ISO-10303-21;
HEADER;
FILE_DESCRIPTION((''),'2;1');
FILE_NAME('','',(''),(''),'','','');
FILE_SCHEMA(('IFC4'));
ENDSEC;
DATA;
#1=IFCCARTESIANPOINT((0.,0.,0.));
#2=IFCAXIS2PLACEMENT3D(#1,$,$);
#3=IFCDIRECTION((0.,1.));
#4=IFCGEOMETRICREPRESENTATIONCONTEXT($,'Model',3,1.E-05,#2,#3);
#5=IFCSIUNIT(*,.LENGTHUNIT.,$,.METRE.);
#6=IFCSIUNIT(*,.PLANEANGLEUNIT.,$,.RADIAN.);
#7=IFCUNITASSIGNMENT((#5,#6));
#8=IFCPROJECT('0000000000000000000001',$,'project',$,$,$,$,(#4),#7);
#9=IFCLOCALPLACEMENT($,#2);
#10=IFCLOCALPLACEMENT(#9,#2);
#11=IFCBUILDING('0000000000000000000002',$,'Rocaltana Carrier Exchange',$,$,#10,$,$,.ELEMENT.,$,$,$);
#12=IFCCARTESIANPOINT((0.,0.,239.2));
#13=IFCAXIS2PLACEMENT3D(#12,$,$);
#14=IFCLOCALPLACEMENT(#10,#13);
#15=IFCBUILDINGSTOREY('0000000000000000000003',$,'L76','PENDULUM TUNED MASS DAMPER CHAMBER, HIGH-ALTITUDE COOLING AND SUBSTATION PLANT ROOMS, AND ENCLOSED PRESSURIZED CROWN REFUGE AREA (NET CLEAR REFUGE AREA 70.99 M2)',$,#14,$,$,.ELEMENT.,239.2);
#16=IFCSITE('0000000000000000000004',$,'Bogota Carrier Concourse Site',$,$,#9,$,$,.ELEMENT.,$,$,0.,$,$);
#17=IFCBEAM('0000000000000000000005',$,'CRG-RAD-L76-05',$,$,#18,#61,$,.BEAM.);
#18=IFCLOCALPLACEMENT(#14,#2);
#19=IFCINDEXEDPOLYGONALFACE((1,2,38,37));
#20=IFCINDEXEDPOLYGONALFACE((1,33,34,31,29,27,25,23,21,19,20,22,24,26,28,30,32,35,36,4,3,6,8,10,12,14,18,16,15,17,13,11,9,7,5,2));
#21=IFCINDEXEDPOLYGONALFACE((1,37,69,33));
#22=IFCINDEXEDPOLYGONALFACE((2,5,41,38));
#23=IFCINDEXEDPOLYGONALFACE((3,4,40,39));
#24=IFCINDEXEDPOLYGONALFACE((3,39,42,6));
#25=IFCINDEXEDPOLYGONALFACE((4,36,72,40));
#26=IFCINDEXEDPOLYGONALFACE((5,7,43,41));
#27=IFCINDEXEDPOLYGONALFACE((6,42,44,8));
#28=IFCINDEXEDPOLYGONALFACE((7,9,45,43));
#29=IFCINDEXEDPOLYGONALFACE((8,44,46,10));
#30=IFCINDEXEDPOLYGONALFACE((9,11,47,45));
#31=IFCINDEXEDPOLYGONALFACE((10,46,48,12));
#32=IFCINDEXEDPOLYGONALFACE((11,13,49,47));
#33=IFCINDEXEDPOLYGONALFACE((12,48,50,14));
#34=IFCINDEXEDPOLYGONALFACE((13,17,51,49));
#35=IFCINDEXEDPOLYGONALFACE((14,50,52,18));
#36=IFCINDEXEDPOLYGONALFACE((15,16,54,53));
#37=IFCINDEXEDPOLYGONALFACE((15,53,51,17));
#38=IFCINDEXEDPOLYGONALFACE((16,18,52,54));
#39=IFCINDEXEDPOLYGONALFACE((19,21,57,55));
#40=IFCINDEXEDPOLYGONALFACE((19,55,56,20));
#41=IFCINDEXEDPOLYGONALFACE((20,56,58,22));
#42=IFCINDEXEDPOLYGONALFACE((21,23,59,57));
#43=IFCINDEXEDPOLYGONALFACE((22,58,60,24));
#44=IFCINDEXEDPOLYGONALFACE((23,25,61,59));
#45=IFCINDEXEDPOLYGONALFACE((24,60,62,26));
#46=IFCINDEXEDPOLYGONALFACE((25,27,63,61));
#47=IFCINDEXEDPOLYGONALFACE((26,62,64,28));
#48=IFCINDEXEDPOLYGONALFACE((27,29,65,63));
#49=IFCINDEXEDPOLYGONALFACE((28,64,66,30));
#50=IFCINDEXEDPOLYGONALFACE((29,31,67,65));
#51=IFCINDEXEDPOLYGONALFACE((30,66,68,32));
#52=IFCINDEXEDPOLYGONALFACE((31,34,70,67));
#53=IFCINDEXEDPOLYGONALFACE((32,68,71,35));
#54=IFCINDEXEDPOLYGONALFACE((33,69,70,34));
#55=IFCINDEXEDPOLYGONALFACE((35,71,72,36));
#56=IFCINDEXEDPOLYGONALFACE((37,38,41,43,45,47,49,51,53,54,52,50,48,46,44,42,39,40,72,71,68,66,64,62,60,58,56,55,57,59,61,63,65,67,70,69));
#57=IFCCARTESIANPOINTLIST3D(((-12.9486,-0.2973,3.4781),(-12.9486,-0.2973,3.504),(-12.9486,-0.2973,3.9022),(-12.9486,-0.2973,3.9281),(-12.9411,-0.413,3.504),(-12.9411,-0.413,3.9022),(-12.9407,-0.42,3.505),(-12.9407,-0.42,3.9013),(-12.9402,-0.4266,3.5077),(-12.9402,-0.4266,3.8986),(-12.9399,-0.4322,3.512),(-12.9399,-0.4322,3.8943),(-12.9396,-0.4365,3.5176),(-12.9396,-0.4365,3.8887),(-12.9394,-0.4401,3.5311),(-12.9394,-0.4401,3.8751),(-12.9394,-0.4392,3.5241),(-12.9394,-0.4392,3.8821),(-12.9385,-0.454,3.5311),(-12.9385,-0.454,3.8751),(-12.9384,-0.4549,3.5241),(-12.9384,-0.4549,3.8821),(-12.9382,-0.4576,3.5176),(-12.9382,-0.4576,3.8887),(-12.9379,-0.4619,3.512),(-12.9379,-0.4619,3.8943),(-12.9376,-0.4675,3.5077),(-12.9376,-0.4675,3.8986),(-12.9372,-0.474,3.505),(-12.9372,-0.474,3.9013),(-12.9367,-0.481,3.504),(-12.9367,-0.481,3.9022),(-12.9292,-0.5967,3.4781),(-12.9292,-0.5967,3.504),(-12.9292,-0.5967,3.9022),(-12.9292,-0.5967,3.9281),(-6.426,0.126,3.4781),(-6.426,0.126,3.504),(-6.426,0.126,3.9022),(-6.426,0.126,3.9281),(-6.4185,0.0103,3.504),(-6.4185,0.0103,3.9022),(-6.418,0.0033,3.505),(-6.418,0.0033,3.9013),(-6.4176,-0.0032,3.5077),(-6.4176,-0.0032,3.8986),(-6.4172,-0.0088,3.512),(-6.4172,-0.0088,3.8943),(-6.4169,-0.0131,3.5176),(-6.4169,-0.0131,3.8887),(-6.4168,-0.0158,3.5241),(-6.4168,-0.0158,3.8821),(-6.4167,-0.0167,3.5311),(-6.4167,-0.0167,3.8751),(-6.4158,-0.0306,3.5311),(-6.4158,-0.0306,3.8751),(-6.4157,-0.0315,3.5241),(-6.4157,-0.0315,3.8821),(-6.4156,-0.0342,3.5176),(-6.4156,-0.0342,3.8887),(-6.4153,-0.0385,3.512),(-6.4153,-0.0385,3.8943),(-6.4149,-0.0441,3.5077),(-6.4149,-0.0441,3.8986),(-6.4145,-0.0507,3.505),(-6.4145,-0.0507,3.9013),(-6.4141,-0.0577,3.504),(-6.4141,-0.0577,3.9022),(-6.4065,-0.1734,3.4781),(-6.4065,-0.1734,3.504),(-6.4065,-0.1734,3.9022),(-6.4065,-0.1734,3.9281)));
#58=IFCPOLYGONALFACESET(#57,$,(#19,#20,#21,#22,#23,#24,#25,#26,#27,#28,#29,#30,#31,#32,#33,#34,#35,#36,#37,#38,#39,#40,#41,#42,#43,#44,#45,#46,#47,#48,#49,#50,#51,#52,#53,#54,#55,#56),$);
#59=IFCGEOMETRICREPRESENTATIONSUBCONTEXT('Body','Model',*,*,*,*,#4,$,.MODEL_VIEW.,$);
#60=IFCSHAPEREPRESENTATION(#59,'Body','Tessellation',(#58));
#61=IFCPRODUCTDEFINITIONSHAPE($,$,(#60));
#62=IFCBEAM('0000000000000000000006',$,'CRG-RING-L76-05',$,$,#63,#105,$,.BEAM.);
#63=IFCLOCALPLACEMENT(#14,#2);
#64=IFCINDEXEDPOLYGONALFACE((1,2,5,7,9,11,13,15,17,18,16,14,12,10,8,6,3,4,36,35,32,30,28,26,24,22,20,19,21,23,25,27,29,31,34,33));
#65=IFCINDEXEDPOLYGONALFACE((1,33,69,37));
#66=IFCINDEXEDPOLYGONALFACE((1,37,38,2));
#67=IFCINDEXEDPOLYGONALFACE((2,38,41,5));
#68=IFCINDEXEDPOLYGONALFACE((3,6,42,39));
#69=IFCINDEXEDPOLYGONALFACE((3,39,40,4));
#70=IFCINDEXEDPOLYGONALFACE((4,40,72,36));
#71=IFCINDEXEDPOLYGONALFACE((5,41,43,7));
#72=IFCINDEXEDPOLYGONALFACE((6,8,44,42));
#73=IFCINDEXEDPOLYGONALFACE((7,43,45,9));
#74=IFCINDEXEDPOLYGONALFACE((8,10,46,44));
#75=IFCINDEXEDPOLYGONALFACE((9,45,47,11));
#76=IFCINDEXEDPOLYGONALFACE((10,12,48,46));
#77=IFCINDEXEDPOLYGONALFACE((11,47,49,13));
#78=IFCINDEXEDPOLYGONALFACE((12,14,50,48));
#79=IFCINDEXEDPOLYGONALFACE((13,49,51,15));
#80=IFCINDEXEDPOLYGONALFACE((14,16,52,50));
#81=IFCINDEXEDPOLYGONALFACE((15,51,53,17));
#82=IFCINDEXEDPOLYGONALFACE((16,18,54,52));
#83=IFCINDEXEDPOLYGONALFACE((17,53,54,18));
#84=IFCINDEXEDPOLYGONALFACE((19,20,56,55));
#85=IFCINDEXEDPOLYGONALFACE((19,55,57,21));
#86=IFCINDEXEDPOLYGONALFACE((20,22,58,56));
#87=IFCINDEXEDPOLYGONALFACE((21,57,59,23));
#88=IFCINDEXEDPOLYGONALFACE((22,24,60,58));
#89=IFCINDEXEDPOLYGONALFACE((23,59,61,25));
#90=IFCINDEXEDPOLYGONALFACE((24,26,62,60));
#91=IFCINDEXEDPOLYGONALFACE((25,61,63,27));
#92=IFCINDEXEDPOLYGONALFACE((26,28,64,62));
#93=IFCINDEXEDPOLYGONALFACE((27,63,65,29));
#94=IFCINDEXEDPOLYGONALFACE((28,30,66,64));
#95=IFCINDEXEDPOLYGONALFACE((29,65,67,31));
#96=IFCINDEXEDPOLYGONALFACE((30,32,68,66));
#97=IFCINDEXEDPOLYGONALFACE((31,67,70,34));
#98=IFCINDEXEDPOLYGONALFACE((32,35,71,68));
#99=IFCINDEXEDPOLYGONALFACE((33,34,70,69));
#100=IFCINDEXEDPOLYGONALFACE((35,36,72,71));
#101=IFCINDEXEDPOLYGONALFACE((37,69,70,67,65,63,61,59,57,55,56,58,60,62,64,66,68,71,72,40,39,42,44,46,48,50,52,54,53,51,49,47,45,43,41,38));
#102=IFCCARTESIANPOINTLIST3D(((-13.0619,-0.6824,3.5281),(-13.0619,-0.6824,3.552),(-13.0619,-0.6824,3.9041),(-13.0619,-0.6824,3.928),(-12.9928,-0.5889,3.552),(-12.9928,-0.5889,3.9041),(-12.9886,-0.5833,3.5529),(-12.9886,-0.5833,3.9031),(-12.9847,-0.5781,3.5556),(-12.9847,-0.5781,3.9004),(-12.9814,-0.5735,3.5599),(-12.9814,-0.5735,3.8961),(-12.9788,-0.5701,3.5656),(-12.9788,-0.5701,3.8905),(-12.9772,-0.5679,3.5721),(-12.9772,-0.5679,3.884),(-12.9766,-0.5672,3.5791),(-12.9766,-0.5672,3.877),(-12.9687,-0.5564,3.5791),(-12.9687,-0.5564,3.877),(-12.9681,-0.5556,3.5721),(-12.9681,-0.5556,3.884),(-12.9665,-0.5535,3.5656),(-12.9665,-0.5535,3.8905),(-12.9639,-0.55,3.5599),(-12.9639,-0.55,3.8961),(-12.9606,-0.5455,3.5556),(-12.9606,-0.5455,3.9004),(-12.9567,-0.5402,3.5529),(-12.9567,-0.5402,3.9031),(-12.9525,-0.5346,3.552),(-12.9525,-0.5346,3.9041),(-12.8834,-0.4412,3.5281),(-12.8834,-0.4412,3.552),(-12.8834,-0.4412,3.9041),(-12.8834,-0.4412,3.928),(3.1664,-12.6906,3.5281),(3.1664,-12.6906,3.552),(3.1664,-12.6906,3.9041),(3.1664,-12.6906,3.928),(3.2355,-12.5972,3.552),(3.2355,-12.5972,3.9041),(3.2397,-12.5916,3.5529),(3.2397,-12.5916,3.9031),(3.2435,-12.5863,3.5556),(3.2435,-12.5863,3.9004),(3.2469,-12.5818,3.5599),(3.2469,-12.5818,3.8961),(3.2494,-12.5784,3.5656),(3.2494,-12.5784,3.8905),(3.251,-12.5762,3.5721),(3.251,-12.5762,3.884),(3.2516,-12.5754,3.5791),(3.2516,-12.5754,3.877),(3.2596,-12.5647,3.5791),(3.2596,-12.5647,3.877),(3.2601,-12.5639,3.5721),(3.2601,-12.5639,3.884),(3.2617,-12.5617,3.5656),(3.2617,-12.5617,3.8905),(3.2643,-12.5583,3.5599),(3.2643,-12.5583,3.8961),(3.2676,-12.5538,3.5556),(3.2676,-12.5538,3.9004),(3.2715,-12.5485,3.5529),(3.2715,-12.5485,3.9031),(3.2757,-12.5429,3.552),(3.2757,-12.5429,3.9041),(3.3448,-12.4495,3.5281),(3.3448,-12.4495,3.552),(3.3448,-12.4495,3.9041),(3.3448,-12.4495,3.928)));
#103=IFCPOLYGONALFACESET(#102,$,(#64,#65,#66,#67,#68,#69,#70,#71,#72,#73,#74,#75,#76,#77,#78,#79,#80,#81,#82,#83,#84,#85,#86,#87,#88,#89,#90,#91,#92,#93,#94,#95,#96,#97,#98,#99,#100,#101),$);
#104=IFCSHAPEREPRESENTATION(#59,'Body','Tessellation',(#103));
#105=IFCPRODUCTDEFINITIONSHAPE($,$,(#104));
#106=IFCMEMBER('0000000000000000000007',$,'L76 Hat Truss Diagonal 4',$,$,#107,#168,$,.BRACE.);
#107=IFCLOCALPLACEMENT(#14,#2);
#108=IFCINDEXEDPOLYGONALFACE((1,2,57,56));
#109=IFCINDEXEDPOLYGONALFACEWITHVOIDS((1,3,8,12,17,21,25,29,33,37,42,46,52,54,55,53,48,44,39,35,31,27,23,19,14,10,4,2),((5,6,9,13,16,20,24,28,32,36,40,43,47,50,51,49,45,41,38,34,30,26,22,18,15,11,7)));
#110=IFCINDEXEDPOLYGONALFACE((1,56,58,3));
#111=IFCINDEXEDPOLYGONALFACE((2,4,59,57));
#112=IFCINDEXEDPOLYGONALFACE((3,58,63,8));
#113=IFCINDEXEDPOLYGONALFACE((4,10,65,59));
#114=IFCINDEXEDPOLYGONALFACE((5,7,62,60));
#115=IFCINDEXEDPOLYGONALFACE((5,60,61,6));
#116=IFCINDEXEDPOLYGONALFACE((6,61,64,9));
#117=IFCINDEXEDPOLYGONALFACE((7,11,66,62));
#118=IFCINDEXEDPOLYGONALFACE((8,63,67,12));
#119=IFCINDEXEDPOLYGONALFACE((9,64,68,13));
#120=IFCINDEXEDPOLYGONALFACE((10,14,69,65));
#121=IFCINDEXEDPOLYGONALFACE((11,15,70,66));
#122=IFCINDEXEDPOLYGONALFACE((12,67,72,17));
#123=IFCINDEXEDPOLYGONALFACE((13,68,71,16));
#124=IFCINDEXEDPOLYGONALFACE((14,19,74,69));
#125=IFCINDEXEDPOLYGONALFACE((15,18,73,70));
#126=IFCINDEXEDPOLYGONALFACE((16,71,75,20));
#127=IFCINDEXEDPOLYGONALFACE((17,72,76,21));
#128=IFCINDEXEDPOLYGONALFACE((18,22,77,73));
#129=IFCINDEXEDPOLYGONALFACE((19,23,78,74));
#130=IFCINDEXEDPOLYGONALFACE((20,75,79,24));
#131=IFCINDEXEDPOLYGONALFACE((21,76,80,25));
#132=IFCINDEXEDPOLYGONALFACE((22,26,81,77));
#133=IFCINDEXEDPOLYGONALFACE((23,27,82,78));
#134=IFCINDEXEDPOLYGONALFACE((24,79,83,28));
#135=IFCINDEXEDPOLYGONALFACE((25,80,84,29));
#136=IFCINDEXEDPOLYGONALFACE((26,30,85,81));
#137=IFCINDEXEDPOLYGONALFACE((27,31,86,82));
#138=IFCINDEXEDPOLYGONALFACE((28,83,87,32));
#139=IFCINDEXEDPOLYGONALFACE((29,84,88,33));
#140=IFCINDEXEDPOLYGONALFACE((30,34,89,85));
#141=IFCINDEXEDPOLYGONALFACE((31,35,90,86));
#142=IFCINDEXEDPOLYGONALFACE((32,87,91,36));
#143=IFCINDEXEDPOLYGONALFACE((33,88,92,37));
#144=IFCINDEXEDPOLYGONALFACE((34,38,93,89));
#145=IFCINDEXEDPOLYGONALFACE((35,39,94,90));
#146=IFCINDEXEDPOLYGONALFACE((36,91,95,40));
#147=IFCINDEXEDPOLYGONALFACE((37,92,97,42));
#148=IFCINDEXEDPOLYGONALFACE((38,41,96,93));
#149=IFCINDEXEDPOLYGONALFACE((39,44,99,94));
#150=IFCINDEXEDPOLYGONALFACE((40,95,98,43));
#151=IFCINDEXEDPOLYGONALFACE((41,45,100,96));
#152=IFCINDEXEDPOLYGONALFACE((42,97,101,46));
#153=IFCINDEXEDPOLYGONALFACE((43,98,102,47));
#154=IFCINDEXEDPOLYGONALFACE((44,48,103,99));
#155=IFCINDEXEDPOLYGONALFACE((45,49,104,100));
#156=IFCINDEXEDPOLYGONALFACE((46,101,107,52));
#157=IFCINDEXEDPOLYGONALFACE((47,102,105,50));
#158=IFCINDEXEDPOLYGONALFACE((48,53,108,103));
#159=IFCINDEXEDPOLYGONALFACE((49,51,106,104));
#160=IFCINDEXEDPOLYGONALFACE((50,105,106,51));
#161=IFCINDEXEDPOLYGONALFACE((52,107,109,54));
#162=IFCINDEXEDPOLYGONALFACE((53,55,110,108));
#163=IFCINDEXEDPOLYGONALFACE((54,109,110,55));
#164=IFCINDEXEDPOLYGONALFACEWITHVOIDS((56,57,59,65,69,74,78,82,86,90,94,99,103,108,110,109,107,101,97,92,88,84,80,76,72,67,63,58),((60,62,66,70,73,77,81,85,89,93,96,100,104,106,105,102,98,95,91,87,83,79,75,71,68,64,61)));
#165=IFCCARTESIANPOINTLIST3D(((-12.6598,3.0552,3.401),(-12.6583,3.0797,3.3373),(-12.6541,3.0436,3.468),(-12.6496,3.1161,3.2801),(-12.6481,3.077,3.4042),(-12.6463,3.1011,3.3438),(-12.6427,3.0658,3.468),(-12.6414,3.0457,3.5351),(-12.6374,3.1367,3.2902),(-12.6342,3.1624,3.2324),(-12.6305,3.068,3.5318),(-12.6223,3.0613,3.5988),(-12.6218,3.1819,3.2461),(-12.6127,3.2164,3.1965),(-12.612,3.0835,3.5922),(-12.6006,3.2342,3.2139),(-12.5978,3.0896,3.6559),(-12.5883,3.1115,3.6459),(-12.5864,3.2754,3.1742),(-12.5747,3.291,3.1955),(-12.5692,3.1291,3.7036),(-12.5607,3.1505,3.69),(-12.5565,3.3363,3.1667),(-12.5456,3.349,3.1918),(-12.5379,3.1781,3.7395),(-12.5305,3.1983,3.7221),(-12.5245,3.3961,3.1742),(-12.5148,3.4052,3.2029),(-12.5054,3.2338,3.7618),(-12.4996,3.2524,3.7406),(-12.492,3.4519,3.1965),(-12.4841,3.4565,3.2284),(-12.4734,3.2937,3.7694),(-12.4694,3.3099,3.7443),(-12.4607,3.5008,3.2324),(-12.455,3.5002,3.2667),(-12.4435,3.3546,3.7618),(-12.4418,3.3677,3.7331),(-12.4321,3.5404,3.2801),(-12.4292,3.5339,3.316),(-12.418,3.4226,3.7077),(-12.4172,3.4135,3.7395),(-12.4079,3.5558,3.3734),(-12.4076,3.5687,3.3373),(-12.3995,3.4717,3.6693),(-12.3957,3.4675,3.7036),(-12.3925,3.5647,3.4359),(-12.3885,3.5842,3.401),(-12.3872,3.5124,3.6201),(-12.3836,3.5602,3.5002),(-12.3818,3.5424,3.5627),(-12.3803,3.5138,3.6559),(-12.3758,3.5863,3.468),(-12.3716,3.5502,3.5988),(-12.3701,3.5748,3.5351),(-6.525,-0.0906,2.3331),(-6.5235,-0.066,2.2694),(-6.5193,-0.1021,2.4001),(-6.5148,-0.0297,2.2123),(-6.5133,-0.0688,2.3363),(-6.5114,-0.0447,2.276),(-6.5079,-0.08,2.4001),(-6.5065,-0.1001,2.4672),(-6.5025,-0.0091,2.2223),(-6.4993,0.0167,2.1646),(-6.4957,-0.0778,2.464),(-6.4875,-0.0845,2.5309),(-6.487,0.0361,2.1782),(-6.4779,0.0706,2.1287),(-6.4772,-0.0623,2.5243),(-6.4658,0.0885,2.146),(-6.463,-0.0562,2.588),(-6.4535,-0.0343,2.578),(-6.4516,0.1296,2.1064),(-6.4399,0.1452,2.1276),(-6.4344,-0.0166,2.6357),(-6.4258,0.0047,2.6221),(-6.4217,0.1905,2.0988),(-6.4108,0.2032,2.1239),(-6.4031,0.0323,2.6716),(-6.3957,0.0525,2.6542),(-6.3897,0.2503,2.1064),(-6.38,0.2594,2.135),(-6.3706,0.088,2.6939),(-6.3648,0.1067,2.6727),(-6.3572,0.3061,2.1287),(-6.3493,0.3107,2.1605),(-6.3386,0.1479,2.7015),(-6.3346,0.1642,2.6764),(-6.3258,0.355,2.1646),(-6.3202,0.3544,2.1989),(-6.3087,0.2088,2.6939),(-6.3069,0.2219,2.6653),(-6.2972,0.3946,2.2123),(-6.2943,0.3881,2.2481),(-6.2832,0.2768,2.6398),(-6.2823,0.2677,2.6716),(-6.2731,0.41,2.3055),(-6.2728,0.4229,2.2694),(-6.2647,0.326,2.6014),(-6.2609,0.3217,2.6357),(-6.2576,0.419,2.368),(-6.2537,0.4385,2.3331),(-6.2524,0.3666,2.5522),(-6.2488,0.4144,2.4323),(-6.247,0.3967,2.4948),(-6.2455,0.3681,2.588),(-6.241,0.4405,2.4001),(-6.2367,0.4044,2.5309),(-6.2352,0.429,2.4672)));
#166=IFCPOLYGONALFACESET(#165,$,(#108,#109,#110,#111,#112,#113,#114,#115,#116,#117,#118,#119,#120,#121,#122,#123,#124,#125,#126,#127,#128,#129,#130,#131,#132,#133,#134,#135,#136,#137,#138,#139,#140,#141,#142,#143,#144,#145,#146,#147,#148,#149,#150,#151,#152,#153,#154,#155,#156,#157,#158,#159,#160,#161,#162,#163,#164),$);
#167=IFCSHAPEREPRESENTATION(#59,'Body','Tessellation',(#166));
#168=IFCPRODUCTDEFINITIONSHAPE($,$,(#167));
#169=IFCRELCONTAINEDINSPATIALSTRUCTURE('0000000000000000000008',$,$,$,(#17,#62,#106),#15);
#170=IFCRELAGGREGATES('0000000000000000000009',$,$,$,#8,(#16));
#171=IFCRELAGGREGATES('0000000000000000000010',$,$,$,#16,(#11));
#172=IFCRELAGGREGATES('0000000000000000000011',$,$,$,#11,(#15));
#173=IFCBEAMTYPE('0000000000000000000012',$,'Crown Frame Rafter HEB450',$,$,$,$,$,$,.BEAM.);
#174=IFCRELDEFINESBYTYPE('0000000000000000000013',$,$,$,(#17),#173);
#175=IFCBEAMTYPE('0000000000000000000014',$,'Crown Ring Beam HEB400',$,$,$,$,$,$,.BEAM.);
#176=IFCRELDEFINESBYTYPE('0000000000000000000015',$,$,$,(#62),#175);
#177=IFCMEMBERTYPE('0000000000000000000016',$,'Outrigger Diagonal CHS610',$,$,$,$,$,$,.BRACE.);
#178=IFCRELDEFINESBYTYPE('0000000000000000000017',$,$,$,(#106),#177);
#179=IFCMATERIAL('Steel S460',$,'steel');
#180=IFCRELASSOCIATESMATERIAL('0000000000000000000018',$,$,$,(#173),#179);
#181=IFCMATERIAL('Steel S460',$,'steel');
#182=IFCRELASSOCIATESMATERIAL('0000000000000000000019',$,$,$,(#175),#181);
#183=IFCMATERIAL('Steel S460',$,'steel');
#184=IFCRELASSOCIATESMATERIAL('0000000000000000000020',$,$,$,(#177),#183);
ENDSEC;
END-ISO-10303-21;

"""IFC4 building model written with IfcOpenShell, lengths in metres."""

from ifc_helpers import new_model, si_unit, direction, frame, origin, origin_2d, place, context, subcontext, project, spatial, hollow_circle, i_section, extrude, material, material_profile, profile_set, type_object, element, save


model = new_model("IFC4")

# Units and contexts
model_context = context("Model", 3, precision=1e-05, world=origin(), true_north=direction((0.0, 1.0)))
body_context = subcontext(model_context, "Body", "Model", "MODEL_VIEW")
ifc_project = project(units=[si_unit("LENGTHUNIT", "METRE"), si_unit("PLANEANGLEUNIT", "RADIAN")], contexts=[model_context])

# Site, building, storey
site_placement = place(None, origin())
site = spatial("IfcSite", under=ifc_project, at=site_placement, Name="Bogota Carrier Concourse Site", CompositionType="ELEMENT", RefElevation=0.0)
building_placement = place(site_placement, origin())
building = spatial("IfcBuilding", under=site, at=building_placement, Name="Rocaltana Carrier Exchange", CompositionType="ELEMENT")
storey_placement = place(building_placement, frame((0.0, 0.0, 239.2)))
storey = spatial("IfcBuildingStorey", under=building, at=storey_placement, Name="L76", Description="PENDULUM TUNED MASS DAMPER CHAMBER, HIGH-ALTITUDE COOLING AND SUBSTATION PLANT ROOMS, AND ENCLOSED PRESSURIZED CROWN REFUGE AREA (NET CLEAR REFUGE AREA 70.99 M2)", CompositionType="ELEMENT", Elevation=239.2)

# Beams
ifc_material_1 = material(Name="Steel S460", Category="steel")
ifc_material_profile_1 = material_profile(ifc_material_1, i_section(OverallWidth=0.3, OverallDepth=0.45, WebThickness=0.0139, FlangeThickness=0.0259, FilletRadius=0.0271, at=origin_2d()), Name="HEB450")
ifc_profile_set_1 = profile_set([ifc_material_profile_1], Name="Steel S460")
beam_type_1 = type_object("IfcBeamType", Name="Crown Frame Rafter HEB450", PredefinedType="BEAM", material=ifc_profile_set_1)
beam_1_placement = place(storey_placement, frame((-6.4163, -0.0237, 3.7031), z_axis=(-0.9979, -0.064766, 0.0), x_axis=(0.064766, -0.9979, 0.0)))
element("IfcBeam", 1, at=beam_1_placement, inside=storey, type_object=beam_type_1, Name="CRG-RAD-L76-05", PredefinedType="BEAM", context=body_context, shape_type="SweptSolid", body=[
    extrude(i_section(OverallWidth=0.3, OverallDepth=0.45, WebThickness=0.0139, FlangeThickness=0.0259, FilletRadius=0.0271, at=origin_2d()), origin(), (0.0, 0.0, 1.0), 6.5364),
])
ifc_material_2 = material(Name="Steel S460", Category="steel")
ifc_material_profile_2 = material_profile(ifc_material_2, i_section(OverallWidth=0.3, OverallDepth=0.3999, WebThickness=0.0134, FlangeThickness=0.0239, FilletRadius=0.0271, at=origin_2d()), Name="HEB400")
ifc_profile_set_2 = profile_set([ifc_material_profile_2], Name="Steel S460")
beam_type_2 = type_object("IfcBeamType", Name="Crown Ring Beam HEB400", PredefinedType="BEAM", material=ifc_profile_set_2)
beam_2_placement = place(storey_placement, frame((-12.9727, -0.5618, 3.728), z_axis=(0.803857, -0.594823, 0.0), x_axis=(0.594823, 0.803857, 0.0)))
element("IfcBeam", 2, at=beam_2_placement, inside=storey, type_object=beam_type_2, Name="CRG-RING-L76-05", PredefinedType="BEAM", context=body_context, shape_type="SweptSolid", body=[
    extrude(i_section(OverallWidth=0.3, OverallDepth=0.3999, WebThickness=0.0134, FlangeThickness=0.0239, FilletRadius=0.0271, at=origin_2d()), origin(), (0.0, 0.0, 1.0), 20.188),
])

# Member
ifc_material_3 = material(Name="Steel S460", Category="steel")
ifc_material_profile_3 = material_profile(ifc_material_3, hollow_circle(Radius=0.3049, WallThickness=0.0249, at=origin_2d()), Name="CHS610X25")
ifc_profile_set_3 = profile_set([ifc_material_profile_3], Name="Steel S460")
member_type_1 = type_object("IfcMemberType", Name="Outrigger Diagonal CHS610", PredefinedType="BRACE", material=ifc_profile_set_3)
member_1_placement = place(storey_placement, frame((-6.3801, 0.1692, 2.4001), z_axis=(-0.879348, 0.450907, 0.153067), x_axis=(-0.456284, -0.889834, 0.0)))
element("IfcMember", 3, at=member_1_placement, inside=storey, type_object=member_type_1, Name="L76 Hat Truss Diagonal 4", PredefinedType="BRACE", context=body_context, shape_type="SweptSolid", body=[
    extrude(hollow_circle(Radius=0.3049, WallThickness=0.0249, at=origin_2d()), origin(), (0.0, 0.0, 1.0), 6.9766),
])

save(model, "model.ifc")
